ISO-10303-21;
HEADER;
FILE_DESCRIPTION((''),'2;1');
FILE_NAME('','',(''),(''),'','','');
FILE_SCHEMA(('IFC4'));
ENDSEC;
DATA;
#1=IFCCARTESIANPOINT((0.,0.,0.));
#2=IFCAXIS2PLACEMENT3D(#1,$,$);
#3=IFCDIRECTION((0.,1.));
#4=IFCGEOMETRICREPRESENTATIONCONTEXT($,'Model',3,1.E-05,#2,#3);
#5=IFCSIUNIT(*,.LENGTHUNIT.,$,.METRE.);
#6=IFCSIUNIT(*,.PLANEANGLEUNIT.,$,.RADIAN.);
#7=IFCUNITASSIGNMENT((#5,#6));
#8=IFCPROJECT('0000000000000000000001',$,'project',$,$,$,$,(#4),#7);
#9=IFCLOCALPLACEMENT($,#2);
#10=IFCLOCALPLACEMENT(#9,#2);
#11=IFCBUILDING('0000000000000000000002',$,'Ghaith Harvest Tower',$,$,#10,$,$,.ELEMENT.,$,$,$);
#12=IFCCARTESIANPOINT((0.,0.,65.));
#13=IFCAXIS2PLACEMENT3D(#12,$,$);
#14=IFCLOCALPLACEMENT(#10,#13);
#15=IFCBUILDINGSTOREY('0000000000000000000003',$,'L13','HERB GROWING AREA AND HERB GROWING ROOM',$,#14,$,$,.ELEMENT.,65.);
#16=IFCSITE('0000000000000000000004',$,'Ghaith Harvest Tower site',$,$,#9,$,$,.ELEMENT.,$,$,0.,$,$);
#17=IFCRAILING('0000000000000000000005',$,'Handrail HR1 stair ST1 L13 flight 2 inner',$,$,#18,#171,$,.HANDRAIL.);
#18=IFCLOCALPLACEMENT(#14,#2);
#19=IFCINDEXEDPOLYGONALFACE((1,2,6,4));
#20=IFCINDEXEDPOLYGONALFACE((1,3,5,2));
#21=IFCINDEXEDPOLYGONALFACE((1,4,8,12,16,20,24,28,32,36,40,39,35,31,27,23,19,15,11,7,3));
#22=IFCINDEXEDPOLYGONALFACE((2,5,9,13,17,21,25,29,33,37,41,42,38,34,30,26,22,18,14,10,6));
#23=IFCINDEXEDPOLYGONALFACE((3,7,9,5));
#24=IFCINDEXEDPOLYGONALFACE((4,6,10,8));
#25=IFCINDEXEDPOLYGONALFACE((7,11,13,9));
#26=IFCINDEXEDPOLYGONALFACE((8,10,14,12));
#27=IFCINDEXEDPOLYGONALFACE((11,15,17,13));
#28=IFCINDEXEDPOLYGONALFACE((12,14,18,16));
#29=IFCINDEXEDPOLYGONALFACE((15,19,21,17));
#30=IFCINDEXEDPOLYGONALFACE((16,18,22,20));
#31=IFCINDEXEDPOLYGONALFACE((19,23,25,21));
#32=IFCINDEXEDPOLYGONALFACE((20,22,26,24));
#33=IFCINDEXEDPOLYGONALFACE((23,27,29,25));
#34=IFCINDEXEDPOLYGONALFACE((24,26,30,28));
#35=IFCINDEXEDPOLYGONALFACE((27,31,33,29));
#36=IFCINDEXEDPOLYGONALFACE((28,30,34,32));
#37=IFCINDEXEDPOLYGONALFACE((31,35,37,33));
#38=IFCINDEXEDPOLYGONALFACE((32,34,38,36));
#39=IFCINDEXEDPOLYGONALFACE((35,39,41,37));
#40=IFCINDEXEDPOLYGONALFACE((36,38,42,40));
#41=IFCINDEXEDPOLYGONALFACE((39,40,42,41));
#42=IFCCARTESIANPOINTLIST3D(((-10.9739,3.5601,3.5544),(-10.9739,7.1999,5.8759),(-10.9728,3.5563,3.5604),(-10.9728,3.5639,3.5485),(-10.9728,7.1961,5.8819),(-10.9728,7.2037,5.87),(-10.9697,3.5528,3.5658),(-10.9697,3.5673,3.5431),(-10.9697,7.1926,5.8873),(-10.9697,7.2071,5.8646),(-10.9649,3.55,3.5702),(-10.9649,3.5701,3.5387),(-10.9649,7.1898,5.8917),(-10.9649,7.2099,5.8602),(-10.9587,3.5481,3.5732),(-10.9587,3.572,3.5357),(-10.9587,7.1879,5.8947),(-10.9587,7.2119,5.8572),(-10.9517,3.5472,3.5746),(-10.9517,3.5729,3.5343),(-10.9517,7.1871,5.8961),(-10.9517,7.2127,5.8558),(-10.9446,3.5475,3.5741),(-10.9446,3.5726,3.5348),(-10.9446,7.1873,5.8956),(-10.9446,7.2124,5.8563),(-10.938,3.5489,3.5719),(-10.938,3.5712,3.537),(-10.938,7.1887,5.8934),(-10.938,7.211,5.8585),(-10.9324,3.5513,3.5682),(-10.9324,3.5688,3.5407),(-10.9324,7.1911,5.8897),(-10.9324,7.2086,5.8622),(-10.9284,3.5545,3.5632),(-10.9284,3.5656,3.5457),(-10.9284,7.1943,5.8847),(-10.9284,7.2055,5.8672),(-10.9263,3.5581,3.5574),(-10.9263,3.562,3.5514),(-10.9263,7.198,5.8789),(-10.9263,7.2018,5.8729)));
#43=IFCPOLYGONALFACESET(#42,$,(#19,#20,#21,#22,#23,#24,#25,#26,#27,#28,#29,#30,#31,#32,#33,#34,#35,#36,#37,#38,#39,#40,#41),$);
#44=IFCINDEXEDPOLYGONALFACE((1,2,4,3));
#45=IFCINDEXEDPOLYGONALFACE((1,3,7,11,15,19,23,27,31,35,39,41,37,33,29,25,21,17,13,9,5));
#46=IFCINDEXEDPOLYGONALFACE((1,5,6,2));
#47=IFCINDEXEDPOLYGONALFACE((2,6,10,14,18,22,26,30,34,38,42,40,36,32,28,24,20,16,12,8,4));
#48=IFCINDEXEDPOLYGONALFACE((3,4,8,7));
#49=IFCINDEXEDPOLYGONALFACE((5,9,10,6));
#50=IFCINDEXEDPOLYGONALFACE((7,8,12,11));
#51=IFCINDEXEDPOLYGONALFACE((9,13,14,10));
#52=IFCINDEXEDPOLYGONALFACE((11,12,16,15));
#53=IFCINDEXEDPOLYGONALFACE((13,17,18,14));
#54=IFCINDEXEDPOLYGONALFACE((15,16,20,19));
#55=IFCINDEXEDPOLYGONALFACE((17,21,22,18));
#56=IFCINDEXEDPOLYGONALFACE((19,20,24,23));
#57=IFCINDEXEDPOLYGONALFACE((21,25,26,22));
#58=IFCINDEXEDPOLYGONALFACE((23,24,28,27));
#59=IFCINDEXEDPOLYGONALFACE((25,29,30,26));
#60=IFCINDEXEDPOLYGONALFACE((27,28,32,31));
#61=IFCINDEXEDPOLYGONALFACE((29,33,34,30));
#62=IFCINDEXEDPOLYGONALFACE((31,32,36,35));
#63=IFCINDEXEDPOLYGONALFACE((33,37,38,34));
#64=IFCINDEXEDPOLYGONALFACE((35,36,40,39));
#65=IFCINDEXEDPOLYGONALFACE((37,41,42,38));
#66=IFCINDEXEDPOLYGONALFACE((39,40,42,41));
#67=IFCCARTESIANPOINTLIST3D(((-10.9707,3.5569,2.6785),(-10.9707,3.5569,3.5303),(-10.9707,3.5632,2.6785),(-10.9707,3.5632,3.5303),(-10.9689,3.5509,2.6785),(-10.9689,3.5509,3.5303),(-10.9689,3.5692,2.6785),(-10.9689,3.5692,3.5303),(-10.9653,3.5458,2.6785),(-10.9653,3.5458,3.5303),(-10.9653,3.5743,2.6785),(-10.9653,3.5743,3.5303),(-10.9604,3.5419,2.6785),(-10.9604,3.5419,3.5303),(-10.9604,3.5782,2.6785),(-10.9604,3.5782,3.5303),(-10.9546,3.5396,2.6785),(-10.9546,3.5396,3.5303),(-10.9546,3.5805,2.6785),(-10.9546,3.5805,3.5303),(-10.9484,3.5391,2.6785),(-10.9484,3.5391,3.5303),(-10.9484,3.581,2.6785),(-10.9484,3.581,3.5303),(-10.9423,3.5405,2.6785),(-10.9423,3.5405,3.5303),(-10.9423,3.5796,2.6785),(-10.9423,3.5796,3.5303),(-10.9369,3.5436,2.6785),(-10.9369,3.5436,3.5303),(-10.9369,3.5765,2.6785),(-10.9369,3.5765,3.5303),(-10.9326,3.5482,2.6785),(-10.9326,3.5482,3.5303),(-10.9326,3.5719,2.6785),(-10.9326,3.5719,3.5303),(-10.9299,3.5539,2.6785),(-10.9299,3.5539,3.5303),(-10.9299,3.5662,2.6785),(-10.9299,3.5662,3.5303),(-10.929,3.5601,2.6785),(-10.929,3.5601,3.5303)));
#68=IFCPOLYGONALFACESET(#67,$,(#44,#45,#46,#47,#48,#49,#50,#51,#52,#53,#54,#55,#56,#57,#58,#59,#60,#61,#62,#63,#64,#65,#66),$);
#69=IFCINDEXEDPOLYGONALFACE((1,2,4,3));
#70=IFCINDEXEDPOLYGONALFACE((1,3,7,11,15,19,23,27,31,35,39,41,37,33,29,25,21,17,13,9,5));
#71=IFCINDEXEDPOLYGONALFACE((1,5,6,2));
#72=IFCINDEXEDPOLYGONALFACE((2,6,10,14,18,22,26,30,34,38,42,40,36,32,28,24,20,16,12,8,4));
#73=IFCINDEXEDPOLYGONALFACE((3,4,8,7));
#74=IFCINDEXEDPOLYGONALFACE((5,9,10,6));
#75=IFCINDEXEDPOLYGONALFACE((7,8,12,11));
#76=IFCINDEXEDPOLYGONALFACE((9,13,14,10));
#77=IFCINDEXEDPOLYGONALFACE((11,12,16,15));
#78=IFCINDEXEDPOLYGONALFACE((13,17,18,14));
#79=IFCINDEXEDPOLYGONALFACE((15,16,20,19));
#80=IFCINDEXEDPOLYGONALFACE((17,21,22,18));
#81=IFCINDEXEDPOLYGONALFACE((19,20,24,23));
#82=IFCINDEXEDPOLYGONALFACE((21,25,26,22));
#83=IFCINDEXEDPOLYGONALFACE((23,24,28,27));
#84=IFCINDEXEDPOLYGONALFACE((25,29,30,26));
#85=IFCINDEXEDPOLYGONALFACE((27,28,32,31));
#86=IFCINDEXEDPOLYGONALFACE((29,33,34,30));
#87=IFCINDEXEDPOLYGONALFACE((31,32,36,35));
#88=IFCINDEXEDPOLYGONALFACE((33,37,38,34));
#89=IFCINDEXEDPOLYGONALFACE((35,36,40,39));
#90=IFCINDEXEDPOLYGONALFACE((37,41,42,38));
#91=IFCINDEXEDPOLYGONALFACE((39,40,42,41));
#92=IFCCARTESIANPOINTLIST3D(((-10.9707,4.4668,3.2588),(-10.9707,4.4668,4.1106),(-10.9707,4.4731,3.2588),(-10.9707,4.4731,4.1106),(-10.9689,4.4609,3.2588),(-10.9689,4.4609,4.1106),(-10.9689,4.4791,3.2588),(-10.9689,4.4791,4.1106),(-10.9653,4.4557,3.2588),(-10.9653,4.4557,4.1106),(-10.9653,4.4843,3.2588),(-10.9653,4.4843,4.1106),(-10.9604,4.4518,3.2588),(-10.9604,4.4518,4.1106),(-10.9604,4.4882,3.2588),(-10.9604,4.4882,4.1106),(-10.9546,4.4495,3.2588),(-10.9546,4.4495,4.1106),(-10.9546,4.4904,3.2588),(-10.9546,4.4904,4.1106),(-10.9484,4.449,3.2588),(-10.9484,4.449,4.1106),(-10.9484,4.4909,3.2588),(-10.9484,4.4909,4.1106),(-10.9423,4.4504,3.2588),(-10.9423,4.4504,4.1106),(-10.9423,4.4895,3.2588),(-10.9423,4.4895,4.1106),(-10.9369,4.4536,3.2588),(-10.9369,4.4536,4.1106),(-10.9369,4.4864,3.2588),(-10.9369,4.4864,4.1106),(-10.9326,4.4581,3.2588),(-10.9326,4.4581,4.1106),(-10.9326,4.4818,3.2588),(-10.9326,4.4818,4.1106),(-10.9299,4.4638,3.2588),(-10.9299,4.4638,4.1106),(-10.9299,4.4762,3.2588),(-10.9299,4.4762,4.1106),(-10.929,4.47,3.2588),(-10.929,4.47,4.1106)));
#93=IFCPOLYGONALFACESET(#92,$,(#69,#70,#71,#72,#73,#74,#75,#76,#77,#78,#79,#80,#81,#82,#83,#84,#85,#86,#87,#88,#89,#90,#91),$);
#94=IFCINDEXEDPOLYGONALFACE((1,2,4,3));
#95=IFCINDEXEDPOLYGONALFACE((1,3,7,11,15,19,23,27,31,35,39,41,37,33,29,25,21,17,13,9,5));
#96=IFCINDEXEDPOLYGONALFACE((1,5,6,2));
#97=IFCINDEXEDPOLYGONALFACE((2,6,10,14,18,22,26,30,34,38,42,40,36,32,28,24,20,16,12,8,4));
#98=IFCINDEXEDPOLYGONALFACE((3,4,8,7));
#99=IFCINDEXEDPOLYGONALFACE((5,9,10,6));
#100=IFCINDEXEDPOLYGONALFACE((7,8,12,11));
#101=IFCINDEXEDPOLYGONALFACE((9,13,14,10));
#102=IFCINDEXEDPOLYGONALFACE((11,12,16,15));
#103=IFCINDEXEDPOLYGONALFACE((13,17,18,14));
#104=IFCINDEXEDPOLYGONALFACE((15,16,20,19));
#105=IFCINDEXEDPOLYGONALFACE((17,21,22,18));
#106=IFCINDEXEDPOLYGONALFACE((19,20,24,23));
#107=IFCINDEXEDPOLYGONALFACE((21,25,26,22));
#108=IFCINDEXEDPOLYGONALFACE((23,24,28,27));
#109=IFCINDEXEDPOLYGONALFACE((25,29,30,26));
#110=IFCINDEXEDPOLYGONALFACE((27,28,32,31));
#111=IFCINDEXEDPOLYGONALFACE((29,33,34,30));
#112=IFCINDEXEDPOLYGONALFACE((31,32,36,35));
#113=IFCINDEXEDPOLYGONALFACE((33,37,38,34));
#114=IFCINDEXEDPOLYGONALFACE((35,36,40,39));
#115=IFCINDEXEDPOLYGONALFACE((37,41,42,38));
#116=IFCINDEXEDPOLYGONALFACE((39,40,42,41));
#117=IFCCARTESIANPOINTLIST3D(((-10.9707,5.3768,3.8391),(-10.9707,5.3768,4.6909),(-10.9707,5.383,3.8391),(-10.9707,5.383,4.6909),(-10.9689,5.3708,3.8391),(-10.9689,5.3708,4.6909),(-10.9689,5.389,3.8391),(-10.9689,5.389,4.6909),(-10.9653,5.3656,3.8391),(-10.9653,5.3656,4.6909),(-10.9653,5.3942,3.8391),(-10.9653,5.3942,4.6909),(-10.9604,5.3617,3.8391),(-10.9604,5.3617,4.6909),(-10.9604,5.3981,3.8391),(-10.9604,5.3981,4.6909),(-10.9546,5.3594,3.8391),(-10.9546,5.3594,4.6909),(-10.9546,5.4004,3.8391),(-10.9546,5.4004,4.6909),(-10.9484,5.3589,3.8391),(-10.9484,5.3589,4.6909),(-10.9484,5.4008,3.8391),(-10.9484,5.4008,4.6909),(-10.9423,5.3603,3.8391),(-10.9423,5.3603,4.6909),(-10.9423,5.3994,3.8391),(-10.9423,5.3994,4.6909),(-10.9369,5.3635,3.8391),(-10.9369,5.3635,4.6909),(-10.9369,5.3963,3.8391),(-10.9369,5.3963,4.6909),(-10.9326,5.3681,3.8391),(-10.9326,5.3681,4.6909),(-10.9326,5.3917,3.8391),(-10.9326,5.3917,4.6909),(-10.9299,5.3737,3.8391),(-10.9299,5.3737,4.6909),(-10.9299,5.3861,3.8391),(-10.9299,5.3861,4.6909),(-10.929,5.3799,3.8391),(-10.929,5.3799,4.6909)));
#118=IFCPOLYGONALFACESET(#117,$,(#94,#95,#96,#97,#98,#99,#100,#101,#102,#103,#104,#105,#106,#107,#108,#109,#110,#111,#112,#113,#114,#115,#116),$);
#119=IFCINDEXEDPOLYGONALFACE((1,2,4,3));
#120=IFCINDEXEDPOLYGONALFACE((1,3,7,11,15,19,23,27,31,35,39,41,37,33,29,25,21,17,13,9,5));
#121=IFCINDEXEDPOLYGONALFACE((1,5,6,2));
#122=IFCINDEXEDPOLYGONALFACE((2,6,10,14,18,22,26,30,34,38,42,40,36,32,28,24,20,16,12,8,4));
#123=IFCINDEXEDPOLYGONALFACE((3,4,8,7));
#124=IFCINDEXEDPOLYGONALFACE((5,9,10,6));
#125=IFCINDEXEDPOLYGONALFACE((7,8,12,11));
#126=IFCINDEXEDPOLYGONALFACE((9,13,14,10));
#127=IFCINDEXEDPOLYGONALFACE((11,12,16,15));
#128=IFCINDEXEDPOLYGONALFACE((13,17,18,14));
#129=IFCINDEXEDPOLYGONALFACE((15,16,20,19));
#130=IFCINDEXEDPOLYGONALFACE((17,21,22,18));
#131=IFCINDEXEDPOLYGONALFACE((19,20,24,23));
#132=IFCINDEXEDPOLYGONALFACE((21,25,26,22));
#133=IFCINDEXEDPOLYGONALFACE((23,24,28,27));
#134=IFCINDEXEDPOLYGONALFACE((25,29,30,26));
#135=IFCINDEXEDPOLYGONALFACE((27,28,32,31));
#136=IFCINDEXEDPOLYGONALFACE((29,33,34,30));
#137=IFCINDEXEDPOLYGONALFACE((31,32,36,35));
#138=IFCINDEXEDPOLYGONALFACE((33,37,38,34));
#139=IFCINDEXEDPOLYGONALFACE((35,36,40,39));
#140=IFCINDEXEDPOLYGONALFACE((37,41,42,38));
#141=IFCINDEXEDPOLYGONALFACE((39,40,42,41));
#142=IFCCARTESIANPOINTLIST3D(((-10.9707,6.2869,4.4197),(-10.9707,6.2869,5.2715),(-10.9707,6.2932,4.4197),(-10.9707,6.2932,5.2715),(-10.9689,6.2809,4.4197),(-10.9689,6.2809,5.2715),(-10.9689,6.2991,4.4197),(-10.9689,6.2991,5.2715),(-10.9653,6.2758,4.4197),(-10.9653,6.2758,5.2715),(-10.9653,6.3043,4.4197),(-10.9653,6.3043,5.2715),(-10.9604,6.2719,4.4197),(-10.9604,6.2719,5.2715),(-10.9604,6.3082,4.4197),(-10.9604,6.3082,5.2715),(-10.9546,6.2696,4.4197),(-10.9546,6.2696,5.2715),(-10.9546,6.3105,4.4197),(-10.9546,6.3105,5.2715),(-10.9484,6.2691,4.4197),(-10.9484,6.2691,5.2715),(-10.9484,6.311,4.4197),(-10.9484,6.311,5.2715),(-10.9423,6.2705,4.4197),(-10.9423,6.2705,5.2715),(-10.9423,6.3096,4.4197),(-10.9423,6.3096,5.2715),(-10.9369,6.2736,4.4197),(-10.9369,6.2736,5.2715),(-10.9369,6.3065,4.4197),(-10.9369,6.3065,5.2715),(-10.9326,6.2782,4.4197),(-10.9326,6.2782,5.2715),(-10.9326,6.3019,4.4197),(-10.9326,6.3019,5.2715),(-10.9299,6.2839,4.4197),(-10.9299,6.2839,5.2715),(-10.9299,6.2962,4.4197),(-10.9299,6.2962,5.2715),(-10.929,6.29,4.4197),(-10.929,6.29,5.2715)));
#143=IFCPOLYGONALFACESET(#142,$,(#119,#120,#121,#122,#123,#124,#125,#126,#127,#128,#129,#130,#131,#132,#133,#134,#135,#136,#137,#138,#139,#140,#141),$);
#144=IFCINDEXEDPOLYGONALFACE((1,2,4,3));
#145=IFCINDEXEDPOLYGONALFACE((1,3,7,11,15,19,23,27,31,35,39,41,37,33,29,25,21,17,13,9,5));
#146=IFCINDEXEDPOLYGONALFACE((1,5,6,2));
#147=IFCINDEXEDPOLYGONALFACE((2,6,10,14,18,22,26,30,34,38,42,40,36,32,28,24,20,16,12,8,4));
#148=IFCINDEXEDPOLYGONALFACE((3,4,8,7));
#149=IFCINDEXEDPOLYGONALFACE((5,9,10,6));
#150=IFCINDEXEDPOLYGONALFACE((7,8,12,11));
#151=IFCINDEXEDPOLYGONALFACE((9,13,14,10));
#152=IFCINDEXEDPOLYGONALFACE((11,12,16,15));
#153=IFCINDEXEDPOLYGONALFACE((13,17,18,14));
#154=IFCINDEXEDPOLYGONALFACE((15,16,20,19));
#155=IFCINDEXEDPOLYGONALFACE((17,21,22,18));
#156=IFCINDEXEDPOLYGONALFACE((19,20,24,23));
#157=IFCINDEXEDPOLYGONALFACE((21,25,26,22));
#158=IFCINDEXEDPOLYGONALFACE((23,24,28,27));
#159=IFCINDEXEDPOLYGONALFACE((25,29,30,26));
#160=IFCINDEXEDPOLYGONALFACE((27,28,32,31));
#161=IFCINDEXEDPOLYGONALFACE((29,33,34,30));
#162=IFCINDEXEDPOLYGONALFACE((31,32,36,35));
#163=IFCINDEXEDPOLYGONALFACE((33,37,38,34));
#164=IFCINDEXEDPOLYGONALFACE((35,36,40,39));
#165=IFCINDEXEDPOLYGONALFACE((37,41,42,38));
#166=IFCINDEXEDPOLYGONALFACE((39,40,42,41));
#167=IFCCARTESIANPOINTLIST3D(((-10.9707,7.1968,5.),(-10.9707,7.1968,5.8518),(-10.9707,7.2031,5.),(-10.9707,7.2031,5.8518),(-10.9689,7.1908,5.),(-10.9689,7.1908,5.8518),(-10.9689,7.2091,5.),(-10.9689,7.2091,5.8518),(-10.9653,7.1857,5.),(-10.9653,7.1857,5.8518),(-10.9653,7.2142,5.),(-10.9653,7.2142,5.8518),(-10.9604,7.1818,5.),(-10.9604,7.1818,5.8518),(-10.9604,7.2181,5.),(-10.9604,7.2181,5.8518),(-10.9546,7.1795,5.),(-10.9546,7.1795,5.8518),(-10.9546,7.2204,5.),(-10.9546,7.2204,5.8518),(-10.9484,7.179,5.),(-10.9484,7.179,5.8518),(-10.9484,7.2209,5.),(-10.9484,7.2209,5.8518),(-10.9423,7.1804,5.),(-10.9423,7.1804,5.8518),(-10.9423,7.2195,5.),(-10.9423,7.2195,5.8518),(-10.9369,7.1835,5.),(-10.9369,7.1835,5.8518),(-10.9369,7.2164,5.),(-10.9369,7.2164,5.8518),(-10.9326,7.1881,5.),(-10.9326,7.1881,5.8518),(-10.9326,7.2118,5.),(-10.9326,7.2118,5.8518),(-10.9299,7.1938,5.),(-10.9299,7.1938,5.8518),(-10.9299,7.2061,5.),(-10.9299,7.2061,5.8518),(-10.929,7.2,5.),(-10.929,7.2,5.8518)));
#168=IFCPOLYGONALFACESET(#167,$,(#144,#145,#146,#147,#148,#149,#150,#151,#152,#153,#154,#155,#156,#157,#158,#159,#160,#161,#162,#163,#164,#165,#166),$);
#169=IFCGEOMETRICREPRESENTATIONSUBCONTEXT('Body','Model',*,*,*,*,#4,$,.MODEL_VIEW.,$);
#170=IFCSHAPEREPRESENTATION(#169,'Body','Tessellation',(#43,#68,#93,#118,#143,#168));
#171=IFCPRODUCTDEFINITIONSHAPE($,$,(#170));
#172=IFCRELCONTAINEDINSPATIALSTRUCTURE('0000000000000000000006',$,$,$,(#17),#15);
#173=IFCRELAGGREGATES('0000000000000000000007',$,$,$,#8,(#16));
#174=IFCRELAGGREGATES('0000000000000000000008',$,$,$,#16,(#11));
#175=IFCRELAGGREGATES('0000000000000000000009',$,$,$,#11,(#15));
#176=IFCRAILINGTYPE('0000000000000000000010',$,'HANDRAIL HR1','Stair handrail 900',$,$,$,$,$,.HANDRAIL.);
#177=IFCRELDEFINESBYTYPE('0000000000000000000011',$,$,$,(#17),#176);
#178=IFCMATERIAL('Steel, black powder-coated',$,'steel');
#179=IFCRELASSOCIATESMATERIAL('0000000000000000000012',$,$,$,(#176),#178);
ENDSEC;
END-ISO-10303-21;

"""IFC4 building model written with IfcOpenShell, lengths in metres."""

from ifc_helpers import new_model, si_unit, direction, frame, origin, origin_2d, place, context, subcontext, project, spatial, circle, extrude, material, type_object, element, save


model = new_model("IFC4")

# Units and contexts
model_context = context("Model", 3, precision=1e-05, world=origin(), true_north=direction((0.0, 1.0)))
body_context = subcontext(model_context, "Body", "Model", "MODEL_VIEW")
ifc_project = project(units=[si_unit("LENGTHUNIT", "METRE"), si_unit("PLANEANGLEUNIT", "RADIAN")], contexts=[model_context])

# Site, building, storey
site_placement = place(None, origin())
site = spatial("IfcSite", under=ifc_project, at=site_placement, Name="Ghaith Harvest Tower site", CompositionType="ELEMENT", RefElevation=0.0)
building_placement = place(site_placement, origin())
building = spatial("IfcBuilding", under=site, at=building_placement, Name="Ghaith Harvest Tower", CompositionType="ELEMENT")
storey_placement = place(building_placement, frame((0.0, 0.0, 65.0)))
storey = spatial("IfcBuildingStorey", under=building, at=storey_placement, Name="L13", Description="HERB GROWING AREA AND HERB GROWING ROOM", CompositionType="ELEMENT", Elevation=65.0)

# Railing
ifc_material_1 = material(Name="Steel, black powder-coated", Category="steel")
railing_type = type_object("IfcRailingType", Name="HANDRAIL HR1", Description="Stair handrail 900", PredefinedType="HANDRAIL", material=ifc_material_1)
railing_1_placement = place(storey_placement, frame((-10.95, 3.5601, 2.6785)))
element("IfcRailing", 1, at=railing_1_placement, inside=storey, type_object=railing_type, Name="Handrail HR1 stair ST1 L13 flight 2 inner", PredefinedType="HANDRAIL", context=body_context, shape_type="SweptSolid", body=[
    extrude(circle(Radius=0.0239, at=origin_2d()), frame((0.0, 0.0, 0.876), z_axis=(0.0, 0.843112, 0.537739), x_axis=(-1.0, 0.0, 0.0)), (0.0, 0.0, 1.0), 4.3171),
    extrude(circle(Radius=0.021, at=origin_2d()), origin(), (0.0, 0.0, 1.0), 0.8518),
    extrude(circle(Radius=0.021, at=origin_2d()), frame((0.0, 0.9099, 0.5803)), (0.0, 0.0, 1.0), 0.8518),
    extrude(circle(Radius=0.021, at=origin_2d()), frame((0.0, 1.8198, 1.1606)), (0.0, 0.0, 1.0), 0.8518),
    extrude(circle(Radius=0.021, at=origin_2d()), frame((0.0, 2.73, 1.7412)), (0.0, 0.0, 1.0), 0.8518),
    extrude(circle(Radius=0.021, at=origin_2d()), frame((0.0, 3.6399, 2.3215)), (0.0, 0.0, 1.0), 0.8518),
])

save(model, "model.ifc")
